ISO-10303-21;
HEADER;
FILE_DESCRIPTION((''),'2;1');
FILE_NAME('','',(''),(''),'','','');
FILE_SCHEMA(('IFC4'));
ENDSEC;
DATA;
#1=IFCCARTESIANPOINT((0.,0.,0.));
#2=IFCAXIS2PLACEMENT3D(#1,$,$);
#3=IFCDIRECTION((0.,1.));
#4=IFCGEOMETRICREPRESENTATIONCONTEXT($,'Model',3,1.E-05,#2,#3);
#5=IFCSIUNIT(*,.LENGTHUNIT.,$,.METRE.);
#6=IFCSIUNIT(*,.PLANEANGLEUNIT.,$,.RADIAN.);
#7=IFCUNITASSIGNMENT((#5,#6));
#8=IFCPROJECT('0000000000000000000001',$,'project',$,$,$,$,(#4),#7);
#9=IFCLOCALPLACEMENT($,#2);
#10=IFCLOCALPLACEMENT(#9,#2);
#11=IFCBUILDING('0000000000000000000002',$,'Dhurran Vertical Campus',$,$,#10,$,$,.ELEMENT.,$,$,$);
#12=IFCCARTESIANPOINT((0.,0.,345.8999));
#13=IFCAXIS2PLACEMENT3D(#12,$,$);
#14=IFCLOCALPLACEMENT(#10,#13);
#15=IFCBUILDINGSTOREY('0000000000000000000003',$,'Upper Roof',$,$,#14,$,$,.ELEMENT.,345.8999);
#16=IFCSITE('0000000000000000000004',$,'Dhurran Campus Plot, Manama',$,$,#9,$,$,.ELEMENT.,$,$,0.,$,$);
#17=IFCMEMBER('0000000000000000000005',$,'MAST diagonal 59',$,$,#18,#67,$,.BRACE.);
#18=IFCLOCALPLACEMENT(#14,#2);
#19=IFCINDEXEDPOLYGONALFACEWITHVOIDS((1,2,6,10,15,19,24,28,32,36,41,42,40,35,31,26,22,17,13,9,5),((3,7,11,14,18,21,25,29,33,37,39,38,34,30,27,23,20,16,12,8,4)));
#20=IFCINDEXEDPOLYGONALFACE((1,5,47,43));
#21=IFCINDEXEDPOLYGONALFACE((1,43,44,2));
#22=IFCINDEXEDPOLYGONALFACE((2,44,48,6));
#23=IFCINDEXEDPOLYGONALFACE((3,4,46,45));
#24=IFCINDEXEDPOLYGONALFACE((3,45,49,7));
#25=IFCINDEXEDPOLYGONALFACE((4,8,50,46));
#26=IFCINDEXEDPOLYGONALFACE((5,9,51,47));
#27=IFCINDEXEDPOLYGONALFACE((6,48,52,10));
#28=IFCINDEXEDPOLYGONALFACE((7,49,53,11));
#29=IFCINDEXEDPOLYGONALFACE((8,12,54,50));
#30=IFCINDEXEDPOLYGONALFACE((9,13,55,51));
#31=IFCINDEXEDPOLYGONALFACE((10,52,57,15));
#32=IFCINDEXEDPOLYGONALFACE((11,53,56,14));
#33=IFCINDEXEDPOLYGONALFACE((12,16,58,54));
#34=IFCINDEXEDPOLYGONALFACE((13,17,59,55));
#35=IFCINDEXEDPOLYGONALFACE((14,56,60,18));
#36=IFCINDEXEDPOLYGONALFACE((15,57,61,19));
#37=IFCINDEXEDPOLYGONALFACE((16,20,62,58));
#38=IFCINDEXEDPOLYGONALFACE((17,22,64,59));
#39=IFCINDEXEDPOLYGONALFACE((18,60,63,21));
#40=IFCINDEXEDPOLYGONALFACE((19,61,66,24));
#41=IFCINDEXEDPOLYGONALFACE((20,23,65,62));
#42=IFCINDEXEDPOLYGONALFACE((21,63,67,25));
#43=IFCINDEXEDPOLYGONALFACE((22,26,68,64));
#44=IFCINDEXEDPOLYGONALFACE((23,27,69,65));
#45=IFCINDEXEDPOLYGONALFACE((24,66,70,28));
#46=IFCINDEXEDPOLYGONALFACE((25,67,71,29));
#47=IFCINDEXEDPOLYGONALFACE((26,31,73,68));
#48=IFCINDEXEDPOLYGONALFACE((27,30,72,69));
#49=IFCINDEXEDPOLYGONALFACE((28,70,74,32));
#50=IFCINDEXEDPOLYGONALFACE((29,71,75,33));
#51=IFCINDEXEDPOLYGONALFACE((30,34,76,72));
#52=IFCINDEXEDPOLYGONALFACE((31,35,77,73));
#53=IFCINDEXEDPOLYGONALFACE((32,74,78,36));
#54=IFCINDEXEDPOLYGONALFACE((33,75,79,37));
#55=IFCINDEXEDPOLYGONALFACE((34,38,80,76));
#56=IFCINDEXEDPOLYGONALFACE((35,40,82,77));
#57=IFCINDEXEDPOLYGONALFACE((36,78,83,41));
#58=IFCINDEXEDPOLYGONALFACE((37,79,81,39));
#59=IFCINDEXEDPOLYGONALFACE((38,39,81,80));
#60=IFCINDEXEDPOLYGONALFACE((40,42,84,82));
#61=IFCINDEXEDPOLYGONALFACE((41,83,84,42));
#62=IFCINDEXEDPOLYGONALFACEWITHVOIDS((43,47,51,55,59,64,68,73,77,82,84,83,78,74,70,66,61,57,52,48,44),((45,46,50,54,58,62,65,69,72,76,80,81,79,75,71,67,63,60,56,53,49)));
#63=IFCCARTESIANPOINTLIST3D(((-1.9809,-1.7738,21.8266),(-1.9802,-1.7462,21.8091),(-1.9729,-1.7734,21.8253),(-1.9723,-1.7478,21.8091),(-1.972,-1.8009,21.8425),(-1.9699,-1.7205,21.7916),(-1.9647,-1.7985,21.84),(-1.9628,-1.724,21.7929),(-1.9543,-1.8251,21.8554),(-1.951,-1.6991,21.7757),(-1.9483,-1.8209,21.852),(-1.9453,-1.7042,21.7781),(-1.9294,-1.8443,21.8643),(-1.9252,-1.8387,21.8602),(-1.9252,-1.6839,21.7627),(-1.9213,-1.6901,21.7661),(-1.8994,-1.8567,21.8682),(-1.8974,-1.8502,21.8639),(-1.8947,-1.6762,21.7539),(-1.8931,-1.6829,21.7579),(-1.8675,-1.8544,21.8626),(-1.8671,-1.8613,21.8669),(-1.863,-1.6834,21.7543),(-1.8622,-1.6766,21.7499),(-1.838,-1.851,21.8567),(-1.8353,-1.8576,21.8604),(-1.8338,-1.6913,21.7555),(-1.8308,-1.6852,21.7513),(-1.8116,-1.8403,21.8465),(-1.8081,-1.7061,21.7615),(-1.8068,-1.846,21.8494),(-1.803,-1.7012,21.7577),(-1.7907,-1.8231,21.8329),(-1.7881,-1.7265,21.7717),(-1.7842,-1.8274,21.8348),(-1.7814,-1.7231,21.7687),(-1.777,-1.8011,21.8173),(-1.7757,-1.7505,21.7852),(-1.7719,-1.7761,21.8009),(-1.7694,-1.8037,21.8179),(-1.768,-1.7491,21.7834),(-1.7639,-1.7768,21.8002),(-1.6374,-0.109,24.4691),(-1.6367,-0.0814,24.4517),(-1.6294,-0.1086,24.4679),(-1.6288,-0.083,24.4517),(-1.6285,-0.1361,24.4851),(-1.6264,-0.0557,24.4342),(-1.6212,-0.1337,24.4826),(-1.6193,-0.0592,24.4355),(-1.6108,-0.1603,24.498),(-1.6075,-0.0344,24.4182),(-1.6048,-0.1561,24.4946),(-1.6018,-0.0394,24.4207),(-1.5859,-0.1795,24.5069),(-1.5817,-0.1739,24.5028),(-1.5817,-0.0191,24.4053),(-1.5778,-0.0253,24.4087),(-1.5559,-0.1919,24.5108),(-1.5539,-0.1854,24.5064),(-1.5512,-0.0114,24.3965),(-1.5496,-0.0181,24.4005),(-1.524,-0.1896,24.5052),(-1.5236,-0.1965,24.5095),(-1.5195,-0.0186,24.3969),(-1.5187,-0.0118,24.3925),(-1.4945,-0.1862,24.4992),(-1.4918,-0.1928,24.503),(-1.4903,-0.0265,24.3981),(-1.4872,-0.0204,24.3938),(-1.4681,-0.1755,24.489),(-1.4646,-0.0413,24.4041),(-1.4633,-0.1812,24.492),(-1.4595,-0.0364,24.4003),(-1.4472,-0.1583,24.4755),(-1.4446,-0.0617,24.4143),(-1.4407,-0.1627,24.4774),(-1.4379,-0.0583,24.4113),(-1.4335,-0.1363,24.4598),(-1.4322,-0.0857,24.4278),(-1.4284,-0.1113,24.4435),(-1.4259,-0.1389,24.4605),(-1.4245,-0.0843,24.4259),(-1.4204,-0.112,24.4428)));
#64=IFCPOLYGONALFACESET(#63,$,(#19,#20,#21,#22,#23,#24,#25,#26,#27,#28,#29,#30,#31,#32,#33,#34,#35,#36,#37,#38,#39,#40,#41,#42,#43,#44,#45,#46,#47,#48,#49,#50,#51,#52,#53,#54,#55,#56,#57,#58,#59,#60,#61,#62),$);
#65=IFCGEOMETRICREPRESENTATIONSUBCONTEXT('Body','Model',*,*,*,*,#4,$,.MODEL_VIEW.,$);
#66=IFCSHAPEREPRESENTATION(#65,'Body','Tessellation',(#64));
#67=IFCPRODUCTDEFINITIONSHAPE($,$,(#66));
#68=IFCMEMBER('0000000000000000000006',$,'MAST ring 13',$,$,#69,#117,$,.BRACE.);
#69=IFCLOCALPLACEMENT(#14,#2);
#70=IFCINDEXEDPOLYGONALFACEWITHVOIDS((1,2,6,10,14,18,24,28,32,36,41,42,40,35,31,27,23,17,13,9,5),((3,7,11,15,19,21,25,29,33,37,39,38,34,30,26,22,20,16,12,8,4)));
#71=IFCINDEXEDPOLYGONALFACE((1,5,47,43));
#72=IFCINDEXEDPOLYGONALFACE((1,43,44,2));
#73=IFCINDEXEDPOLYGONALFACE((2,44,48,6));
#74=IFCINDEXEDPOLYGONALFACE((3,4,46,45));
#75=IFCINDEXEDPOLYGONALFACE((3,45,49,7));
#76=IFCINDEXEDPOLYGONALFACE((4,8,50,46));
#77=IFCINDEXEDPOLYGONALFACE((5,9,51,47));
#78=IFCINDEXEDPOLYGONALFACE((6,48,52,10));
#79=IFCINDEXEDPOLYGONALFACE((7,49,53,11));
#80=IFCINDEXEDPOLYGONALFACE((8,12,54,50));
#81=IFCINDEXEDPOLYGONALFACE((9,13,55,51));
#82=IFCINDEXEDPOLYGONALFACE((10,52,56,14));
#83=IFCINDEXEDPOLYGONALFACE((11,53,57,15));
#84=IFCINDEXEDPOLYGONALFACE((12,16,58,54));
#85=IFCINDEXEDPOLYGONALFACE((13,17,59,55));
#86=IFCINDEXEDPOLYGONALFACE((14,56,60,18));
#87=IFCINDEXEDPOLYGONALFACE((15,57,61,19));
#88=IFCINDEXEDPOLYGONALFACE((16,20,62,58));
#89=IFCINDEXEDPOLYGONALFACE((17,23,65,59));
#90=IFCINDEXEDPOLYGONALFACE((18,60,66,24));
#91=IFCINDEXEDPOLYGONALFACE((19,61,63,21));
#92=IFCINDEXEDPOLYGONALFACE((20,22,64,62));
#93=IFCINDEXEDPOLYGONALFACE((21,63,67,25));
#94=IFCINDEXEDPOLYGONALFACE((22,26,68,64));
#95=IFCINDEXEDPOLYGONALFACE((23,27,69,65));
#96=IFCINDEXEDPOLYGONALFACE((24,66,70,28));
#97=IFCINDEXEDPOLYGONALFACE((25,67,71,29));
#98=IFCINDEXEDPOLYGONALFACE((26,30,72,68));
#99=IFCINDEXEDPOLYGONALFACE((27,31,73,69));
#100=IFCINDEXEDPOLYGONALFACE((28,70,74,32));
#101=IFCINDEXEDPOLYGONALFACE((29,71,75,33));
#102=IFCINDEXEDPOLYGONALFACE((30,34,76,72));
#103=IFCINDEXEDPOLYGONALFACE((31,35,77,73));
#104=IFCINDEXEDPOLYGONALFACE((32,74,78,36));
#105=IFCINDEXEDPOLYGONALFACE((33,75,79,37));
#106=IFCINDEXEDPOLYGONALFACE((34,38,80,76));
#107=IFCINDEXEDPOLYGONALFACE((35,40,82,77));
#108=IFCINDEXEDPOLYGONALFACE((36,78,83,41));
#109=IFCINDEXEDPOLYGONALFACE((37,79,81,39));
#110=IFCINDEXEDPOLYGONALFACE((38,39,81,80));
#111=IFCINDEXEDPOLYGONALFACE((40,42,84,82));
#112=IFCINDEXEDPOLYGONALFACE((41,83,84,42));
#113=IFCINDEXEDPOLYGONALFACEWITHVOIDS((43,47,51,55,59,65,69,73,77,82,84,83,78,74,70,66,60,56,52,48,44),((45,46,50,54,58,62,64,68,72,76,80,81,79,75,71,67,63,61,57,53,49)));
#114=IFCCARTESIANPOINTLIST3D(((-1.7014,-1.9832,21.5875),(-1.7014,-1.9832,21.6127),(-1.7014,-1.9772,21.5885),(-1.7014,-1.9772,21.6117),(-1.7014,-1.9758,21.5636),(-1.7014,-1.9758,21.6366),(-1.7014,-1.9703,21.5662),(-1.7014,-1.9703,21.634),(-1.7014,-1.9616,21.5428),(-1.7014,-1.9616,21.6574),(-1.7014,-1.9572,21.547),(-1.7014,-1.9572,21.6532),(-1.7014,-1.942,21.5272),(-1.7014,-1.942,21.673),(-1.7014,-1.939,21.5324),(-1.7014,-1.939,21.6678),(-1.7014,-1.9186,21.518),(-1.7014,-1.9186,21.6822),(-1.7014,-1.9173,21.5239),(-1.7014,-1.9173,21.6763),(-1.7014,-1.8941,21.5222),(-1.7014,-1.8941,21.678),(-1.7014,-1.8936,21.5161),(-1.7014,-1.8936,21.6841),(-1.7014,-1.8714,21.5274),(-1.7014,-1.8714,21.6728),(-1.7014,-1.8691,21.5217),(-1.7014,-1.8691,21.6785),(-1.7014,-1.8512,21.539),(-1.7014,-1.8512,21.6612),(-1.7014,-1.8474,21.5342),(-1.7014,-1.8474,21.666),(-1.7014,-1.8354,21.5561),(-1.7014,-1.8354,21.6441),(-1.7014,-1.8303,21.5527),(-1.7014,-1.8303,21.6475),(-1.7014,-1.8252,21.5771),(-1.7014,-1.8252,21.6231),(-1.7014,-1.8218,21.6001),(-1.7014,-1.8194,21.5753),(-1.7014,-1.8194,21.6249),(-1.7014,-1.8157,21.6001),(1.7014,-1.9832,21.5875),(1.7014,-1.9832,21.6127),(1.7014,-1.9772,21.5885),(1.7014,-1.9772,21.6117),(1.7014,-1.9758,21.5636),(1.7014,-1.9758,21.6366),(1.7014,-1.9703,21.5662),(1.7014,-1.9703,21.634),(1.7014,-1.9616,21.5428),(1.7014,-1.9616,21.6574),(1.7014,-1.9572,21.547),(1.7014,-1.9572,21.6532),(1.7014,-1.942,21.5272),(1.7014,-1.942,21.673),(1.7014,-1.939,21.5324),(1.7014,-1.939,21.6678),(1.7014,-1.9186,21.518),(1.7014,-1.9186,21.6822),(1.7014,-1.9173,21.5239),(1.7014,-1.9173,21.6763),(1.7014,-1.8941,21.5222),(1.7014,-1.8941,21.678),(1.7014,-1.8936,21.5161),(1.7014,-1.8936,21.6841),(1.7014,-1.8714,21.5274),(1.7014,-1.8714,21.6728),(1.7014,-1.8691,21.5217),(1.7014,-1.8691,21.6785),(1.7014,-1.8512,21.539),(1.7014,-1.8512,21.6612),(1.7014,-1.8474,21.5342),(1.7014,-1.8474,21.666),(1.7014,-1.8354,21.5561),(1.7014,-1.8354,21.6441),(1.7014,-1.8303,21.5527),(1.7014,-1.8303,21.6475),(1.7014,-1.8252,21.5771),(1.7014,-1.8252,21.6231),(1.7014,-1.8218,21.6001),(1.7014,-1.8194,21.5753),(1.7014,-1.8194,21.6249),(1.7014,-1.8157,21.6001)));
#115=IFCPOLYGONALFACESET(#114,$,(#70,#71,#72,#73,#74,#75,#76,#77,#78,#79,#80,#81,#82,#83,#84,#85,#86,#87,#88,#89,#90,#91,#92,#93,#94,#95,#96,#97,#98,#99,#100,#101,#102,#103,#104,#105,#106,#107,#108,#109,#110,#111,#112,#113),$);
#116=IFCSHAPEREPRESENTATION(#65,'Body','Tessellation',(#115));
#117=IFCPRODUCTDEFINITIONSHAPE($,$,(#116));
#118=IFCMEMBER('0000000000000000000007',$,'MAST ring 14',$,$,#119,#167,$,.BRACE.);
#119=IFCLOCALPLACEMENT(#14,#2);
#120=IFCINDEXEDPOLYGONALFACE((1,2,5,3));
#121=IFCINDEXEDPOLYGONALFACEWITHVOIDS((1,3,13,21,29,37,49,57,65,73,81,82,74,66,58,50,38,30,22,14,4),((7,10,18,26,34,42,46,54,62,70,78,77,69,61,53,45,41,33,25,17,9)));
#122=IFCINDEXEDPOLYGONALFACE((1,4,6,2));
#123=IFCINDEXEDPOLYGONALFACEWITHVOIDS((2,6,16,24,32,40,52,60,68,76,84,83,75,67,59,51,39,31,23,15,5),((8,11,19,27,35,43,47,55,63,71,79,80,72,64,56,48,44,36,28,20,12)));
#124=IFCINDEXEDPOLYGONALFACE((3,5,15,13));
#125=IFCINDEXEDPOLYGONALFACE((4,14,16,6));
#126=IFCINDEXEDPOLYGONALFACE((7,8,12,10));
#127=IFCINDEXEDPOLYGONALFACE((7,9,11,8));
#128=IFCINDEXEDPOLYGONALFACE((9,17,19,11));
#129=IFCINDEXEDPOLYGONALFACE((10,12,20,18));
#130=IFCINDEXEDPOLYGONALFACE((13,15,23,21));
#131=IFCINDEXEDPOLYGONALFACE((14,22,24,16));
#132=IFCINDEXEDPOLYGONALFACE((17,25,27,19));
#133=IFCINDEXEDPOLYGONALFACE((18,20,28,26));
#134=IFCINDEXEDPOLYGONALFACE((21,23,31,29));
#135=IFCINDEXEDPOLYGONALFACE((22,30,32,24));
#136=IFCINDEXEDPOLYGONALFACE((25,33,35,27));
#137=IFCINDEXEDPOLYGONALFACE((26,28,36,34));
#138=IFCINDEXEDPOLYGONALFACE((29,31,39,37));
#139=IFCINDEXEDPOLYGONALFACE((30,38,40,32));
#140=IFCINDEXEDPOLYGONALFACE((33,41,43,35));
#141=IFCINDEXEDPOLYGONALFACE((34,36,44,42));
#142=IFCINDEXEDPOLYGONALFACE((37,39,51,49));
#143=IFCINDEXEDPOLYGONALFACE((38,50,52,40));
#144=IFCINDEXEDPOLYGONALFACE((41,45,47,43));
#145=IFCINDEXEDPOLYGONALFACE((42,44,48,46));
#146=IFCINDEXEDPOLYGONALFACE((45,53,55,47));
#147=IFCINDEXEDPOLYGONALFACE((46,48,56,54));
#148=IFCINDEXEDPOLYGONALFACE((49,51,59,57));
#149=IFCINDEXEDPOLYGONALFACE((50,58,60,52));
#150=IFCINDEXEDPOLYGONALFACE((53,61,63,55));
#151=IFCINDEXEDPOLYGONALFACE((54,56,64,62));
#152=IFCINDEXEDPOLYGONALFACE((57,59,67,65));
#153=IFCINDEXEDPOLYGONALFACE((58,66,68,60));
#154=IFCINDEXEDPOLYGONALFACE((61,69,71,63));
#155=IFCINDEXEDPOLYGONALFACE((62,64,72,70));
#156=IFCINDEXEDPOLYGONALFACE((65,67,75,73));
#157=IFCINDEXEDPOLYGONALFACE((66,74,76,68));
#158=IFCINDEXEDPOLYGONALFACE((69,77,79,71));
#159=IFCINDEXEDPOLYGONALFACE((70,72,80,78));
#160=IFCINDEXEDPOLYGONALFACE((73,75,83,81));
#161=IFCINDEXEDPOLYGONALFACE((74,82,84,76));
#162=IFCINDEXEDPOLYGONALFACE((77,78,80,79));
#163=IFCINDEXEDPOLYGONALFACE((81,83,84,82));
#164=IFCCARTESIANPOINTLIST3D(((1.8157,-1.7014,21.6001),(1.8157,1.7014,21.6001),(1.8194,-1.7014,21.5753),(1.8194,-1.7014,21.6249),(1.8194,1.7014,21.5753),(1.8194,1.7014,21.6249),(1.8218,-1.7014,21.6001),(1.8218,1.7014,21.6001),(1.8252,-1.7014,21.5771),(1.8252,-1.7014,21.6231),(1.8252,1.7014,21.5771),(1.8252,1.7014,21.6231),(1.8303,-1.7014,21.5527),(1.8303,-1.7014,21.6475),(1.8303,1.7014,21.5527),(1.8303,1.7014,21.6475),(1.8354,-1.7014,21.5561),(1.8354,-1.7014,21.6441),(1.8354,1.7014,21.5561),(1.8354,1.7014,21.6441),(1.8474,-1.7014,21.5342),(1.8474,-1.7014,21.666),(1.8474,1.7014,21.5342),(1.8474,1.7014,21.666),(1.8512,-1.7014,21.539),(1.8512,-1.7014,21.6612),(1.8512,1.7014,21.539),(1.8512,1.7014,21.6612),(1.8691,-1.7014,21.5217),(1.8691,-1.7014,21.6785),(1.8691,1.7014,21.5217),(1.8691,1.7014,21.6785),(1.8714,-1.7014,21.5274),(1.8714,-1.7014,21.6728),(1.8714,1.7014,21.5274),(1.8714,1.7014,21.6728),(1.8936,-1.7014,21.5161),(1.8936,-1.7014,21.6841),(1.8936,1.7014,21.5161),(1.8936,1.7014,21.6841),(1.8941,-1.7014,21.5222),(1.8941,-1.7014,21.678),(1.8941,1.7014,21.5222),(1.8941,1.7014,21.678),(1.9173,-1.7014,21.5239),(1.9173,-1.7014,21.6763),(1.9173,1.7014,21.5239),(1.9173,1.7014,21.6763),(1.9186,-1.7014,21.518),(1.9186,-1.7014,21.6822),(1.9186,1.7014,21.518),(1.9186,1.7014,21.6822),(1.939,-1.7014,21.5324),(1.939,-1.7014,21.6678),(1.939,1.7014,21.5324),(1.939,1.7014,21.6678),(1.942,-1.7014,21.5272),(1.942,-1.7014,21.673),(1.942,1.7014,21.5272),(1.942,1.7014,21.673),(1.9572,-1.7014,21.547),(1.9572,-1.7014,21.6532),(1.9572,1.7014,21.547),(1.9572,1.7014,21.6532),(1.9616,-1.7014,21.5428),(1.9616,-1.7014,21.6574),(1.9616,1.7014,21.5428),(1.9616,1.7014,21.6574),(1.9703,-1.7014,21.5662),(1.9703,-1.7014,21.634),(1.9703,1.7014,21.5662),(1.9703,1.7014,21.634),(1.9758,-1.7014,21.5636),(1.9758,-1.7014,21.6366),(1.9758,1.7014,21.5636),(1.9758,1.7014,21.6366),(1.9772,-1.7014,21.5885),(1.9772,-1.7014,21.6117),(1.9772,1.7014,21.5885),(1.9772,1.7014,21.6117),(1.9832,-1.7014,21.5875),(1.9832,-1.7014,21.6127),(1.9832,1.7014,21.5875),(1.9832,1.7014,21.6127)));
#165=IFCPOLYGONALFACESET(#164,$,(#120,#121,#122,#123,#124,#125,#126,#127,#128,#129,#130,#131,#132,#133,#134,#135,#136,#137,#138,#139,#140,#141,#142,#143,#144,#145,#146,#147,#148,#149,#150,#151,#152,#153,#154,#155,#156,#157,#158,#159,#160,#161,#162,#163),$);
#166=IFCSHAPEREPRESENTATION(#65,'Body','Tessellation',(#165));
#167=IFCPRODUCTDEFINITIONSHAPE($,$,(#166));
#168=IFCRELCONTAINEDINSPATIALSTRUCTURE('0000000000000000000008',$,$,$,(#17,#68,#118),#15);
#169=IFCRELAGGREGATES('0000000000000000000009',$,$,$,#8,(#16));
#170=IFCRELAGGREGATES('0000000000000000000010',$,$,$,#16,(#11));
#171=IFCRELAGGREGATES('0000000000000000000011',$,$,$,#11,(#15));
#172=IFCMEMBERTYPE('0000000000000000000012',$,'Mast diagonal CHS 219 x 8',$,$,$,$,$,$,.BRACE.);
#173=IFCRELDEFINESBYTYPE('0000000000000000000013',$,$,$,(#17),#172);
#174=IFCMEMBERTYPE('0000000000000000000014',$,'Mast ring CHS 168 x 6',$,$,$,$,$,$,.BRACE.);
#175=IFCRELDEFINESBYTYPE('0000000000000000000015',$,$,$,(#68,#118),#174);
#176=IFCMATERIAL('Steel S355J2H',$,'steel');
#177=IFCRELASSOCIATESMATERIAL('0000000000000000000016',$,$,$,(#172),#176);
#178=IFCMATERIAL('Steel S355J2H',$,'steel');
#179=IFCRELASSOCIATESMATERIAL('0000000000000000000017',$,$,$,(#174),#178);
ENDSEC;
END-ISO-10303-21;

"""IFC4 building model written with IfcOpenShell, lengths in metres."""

from ifc_helpers import new_model, si_unit, direction, frame, origin, origin_2d, place, context, subcontext, project, spatial, hollow_circle, extrude, material, material_profile, profile_set, type_object, element, save


model = new_model("IFC4")

# Units and contexts
model_context = context("Model", 3, precision=1e-05, world=origin(), true_north=direction((0.0, 1.0)))
body_context = subcontext(model_context, "Body", "Model", "MODEL_VIEW")
ifc_project = project(units=[si_unit("LENGTHUNIT", "METRE"), si_unit("PLANEANGLEUNIT", "RADIAN")], contexts=[model_context])

# Site, building, storey
site_placement = place(None, origin())
site = spatial("IfcSite", under=ifc_project, at=site_placement, Name="Dhurran Campus Plot, Manama", CompositionType="ELEMENT", RefElevation=0.0)
building_placement = place(site_placement, origin())
building = spatial("IfcBuilding", under=site, at=building_placement, Name="Dhurran Vertical Campus", CompositionType="ELEMENT")
storey_placement = place(building_placement, frame((0.0, 0.0, 345.8999)))
storey = spatial("IfcBuildingStorey", under=building, at=storey_placement, Name="Upper Roof", CompositionType="ELEMENT", Elevation=345.8999)

# Members
ifc_material_1 = material(Name="Steel S355J2H", Category="steel")
ifc_material_profile_1 = material_profile(ifc_material_1, hollow_circle(Radius=0.1096, WallThickness=0.0081, at=origin_2d()), Name="CHS219x8")
ifc_profile_set_1 = profile_set([ifc_material_profile_1], Name="Steel S355J2H")
member_type_1 = type_object("IfcMemberType", Name="Mast diagonal CHS 219 x 8", PredefinedType="BRACE", material=ifc_profile_set_1)
member_1_placement = place(storey_placement, frame((-1.8728, -1.7683, 21.8091), z_axis=(0.109324, 0.529836, 0.841024), x_axis=(-0.979369, 0.202078, 0.0)))
element("IfcMember", 1, at=member_1_placement, inside=storey, type_object=member_type_1, Name="MAST diagonal 59", PredefinedType="BRACE", context=body_context, shape_type="SweptSolid", body=[
    extrude(hollow_circle(Radius=0.1096, WallThickness=0.0081, at=origin_2d()), origin(), (0.0, 0.0, 1.0), 3.1421),
])
ifc_material_2 = material(Name="Steel S355J2H", Category="steel")
ifc_material_profile_2 = material_profile(ifc_material_2, hollow_circle(Radius=0.0842, WallThickness=0.0061, at=origin_2d()), Name="CHS168x6")
ifc_profile_set_2 = profile_set([ifc_material_profile_2], Name="Steel S355J2H")
member_type_2 = type_object("IfcMemberType", Name="Mast ring CHS 168 x 6", PredefinedType="BRACE", material=ifc_profile_set_2)
for number, where, z_axis, x_axis, name in (
    (2, (-1.7014, -1.8999, 21.6001), (1.0, 0.0, 0.0), (0.0, 1.0, 0.0), "MAST ring 13"),
    (3, (1.8999, -1.7014, 21.6001), (0.0, 1.0, 0.0), (-1.0, 0.0, 0.0), "MAST ring 14"),
):
    element("IfcMember", number, at=place(storey_placement, frame(where, z_axis=z_axis, x_axis=x_axis)), inside=storey, type_object=member_type_2, Name=name, PredefinedType="BRACE", context=body_context, shape_type="SweptSolid", body=[
        extrude(hollow_circle(Radius=0.0842, WallThickness=0.0061, at=origin_2d()), origin(), (0.0, 0.0, 1.0), 3.4028),
    ])

save(model, "model.ifc")
